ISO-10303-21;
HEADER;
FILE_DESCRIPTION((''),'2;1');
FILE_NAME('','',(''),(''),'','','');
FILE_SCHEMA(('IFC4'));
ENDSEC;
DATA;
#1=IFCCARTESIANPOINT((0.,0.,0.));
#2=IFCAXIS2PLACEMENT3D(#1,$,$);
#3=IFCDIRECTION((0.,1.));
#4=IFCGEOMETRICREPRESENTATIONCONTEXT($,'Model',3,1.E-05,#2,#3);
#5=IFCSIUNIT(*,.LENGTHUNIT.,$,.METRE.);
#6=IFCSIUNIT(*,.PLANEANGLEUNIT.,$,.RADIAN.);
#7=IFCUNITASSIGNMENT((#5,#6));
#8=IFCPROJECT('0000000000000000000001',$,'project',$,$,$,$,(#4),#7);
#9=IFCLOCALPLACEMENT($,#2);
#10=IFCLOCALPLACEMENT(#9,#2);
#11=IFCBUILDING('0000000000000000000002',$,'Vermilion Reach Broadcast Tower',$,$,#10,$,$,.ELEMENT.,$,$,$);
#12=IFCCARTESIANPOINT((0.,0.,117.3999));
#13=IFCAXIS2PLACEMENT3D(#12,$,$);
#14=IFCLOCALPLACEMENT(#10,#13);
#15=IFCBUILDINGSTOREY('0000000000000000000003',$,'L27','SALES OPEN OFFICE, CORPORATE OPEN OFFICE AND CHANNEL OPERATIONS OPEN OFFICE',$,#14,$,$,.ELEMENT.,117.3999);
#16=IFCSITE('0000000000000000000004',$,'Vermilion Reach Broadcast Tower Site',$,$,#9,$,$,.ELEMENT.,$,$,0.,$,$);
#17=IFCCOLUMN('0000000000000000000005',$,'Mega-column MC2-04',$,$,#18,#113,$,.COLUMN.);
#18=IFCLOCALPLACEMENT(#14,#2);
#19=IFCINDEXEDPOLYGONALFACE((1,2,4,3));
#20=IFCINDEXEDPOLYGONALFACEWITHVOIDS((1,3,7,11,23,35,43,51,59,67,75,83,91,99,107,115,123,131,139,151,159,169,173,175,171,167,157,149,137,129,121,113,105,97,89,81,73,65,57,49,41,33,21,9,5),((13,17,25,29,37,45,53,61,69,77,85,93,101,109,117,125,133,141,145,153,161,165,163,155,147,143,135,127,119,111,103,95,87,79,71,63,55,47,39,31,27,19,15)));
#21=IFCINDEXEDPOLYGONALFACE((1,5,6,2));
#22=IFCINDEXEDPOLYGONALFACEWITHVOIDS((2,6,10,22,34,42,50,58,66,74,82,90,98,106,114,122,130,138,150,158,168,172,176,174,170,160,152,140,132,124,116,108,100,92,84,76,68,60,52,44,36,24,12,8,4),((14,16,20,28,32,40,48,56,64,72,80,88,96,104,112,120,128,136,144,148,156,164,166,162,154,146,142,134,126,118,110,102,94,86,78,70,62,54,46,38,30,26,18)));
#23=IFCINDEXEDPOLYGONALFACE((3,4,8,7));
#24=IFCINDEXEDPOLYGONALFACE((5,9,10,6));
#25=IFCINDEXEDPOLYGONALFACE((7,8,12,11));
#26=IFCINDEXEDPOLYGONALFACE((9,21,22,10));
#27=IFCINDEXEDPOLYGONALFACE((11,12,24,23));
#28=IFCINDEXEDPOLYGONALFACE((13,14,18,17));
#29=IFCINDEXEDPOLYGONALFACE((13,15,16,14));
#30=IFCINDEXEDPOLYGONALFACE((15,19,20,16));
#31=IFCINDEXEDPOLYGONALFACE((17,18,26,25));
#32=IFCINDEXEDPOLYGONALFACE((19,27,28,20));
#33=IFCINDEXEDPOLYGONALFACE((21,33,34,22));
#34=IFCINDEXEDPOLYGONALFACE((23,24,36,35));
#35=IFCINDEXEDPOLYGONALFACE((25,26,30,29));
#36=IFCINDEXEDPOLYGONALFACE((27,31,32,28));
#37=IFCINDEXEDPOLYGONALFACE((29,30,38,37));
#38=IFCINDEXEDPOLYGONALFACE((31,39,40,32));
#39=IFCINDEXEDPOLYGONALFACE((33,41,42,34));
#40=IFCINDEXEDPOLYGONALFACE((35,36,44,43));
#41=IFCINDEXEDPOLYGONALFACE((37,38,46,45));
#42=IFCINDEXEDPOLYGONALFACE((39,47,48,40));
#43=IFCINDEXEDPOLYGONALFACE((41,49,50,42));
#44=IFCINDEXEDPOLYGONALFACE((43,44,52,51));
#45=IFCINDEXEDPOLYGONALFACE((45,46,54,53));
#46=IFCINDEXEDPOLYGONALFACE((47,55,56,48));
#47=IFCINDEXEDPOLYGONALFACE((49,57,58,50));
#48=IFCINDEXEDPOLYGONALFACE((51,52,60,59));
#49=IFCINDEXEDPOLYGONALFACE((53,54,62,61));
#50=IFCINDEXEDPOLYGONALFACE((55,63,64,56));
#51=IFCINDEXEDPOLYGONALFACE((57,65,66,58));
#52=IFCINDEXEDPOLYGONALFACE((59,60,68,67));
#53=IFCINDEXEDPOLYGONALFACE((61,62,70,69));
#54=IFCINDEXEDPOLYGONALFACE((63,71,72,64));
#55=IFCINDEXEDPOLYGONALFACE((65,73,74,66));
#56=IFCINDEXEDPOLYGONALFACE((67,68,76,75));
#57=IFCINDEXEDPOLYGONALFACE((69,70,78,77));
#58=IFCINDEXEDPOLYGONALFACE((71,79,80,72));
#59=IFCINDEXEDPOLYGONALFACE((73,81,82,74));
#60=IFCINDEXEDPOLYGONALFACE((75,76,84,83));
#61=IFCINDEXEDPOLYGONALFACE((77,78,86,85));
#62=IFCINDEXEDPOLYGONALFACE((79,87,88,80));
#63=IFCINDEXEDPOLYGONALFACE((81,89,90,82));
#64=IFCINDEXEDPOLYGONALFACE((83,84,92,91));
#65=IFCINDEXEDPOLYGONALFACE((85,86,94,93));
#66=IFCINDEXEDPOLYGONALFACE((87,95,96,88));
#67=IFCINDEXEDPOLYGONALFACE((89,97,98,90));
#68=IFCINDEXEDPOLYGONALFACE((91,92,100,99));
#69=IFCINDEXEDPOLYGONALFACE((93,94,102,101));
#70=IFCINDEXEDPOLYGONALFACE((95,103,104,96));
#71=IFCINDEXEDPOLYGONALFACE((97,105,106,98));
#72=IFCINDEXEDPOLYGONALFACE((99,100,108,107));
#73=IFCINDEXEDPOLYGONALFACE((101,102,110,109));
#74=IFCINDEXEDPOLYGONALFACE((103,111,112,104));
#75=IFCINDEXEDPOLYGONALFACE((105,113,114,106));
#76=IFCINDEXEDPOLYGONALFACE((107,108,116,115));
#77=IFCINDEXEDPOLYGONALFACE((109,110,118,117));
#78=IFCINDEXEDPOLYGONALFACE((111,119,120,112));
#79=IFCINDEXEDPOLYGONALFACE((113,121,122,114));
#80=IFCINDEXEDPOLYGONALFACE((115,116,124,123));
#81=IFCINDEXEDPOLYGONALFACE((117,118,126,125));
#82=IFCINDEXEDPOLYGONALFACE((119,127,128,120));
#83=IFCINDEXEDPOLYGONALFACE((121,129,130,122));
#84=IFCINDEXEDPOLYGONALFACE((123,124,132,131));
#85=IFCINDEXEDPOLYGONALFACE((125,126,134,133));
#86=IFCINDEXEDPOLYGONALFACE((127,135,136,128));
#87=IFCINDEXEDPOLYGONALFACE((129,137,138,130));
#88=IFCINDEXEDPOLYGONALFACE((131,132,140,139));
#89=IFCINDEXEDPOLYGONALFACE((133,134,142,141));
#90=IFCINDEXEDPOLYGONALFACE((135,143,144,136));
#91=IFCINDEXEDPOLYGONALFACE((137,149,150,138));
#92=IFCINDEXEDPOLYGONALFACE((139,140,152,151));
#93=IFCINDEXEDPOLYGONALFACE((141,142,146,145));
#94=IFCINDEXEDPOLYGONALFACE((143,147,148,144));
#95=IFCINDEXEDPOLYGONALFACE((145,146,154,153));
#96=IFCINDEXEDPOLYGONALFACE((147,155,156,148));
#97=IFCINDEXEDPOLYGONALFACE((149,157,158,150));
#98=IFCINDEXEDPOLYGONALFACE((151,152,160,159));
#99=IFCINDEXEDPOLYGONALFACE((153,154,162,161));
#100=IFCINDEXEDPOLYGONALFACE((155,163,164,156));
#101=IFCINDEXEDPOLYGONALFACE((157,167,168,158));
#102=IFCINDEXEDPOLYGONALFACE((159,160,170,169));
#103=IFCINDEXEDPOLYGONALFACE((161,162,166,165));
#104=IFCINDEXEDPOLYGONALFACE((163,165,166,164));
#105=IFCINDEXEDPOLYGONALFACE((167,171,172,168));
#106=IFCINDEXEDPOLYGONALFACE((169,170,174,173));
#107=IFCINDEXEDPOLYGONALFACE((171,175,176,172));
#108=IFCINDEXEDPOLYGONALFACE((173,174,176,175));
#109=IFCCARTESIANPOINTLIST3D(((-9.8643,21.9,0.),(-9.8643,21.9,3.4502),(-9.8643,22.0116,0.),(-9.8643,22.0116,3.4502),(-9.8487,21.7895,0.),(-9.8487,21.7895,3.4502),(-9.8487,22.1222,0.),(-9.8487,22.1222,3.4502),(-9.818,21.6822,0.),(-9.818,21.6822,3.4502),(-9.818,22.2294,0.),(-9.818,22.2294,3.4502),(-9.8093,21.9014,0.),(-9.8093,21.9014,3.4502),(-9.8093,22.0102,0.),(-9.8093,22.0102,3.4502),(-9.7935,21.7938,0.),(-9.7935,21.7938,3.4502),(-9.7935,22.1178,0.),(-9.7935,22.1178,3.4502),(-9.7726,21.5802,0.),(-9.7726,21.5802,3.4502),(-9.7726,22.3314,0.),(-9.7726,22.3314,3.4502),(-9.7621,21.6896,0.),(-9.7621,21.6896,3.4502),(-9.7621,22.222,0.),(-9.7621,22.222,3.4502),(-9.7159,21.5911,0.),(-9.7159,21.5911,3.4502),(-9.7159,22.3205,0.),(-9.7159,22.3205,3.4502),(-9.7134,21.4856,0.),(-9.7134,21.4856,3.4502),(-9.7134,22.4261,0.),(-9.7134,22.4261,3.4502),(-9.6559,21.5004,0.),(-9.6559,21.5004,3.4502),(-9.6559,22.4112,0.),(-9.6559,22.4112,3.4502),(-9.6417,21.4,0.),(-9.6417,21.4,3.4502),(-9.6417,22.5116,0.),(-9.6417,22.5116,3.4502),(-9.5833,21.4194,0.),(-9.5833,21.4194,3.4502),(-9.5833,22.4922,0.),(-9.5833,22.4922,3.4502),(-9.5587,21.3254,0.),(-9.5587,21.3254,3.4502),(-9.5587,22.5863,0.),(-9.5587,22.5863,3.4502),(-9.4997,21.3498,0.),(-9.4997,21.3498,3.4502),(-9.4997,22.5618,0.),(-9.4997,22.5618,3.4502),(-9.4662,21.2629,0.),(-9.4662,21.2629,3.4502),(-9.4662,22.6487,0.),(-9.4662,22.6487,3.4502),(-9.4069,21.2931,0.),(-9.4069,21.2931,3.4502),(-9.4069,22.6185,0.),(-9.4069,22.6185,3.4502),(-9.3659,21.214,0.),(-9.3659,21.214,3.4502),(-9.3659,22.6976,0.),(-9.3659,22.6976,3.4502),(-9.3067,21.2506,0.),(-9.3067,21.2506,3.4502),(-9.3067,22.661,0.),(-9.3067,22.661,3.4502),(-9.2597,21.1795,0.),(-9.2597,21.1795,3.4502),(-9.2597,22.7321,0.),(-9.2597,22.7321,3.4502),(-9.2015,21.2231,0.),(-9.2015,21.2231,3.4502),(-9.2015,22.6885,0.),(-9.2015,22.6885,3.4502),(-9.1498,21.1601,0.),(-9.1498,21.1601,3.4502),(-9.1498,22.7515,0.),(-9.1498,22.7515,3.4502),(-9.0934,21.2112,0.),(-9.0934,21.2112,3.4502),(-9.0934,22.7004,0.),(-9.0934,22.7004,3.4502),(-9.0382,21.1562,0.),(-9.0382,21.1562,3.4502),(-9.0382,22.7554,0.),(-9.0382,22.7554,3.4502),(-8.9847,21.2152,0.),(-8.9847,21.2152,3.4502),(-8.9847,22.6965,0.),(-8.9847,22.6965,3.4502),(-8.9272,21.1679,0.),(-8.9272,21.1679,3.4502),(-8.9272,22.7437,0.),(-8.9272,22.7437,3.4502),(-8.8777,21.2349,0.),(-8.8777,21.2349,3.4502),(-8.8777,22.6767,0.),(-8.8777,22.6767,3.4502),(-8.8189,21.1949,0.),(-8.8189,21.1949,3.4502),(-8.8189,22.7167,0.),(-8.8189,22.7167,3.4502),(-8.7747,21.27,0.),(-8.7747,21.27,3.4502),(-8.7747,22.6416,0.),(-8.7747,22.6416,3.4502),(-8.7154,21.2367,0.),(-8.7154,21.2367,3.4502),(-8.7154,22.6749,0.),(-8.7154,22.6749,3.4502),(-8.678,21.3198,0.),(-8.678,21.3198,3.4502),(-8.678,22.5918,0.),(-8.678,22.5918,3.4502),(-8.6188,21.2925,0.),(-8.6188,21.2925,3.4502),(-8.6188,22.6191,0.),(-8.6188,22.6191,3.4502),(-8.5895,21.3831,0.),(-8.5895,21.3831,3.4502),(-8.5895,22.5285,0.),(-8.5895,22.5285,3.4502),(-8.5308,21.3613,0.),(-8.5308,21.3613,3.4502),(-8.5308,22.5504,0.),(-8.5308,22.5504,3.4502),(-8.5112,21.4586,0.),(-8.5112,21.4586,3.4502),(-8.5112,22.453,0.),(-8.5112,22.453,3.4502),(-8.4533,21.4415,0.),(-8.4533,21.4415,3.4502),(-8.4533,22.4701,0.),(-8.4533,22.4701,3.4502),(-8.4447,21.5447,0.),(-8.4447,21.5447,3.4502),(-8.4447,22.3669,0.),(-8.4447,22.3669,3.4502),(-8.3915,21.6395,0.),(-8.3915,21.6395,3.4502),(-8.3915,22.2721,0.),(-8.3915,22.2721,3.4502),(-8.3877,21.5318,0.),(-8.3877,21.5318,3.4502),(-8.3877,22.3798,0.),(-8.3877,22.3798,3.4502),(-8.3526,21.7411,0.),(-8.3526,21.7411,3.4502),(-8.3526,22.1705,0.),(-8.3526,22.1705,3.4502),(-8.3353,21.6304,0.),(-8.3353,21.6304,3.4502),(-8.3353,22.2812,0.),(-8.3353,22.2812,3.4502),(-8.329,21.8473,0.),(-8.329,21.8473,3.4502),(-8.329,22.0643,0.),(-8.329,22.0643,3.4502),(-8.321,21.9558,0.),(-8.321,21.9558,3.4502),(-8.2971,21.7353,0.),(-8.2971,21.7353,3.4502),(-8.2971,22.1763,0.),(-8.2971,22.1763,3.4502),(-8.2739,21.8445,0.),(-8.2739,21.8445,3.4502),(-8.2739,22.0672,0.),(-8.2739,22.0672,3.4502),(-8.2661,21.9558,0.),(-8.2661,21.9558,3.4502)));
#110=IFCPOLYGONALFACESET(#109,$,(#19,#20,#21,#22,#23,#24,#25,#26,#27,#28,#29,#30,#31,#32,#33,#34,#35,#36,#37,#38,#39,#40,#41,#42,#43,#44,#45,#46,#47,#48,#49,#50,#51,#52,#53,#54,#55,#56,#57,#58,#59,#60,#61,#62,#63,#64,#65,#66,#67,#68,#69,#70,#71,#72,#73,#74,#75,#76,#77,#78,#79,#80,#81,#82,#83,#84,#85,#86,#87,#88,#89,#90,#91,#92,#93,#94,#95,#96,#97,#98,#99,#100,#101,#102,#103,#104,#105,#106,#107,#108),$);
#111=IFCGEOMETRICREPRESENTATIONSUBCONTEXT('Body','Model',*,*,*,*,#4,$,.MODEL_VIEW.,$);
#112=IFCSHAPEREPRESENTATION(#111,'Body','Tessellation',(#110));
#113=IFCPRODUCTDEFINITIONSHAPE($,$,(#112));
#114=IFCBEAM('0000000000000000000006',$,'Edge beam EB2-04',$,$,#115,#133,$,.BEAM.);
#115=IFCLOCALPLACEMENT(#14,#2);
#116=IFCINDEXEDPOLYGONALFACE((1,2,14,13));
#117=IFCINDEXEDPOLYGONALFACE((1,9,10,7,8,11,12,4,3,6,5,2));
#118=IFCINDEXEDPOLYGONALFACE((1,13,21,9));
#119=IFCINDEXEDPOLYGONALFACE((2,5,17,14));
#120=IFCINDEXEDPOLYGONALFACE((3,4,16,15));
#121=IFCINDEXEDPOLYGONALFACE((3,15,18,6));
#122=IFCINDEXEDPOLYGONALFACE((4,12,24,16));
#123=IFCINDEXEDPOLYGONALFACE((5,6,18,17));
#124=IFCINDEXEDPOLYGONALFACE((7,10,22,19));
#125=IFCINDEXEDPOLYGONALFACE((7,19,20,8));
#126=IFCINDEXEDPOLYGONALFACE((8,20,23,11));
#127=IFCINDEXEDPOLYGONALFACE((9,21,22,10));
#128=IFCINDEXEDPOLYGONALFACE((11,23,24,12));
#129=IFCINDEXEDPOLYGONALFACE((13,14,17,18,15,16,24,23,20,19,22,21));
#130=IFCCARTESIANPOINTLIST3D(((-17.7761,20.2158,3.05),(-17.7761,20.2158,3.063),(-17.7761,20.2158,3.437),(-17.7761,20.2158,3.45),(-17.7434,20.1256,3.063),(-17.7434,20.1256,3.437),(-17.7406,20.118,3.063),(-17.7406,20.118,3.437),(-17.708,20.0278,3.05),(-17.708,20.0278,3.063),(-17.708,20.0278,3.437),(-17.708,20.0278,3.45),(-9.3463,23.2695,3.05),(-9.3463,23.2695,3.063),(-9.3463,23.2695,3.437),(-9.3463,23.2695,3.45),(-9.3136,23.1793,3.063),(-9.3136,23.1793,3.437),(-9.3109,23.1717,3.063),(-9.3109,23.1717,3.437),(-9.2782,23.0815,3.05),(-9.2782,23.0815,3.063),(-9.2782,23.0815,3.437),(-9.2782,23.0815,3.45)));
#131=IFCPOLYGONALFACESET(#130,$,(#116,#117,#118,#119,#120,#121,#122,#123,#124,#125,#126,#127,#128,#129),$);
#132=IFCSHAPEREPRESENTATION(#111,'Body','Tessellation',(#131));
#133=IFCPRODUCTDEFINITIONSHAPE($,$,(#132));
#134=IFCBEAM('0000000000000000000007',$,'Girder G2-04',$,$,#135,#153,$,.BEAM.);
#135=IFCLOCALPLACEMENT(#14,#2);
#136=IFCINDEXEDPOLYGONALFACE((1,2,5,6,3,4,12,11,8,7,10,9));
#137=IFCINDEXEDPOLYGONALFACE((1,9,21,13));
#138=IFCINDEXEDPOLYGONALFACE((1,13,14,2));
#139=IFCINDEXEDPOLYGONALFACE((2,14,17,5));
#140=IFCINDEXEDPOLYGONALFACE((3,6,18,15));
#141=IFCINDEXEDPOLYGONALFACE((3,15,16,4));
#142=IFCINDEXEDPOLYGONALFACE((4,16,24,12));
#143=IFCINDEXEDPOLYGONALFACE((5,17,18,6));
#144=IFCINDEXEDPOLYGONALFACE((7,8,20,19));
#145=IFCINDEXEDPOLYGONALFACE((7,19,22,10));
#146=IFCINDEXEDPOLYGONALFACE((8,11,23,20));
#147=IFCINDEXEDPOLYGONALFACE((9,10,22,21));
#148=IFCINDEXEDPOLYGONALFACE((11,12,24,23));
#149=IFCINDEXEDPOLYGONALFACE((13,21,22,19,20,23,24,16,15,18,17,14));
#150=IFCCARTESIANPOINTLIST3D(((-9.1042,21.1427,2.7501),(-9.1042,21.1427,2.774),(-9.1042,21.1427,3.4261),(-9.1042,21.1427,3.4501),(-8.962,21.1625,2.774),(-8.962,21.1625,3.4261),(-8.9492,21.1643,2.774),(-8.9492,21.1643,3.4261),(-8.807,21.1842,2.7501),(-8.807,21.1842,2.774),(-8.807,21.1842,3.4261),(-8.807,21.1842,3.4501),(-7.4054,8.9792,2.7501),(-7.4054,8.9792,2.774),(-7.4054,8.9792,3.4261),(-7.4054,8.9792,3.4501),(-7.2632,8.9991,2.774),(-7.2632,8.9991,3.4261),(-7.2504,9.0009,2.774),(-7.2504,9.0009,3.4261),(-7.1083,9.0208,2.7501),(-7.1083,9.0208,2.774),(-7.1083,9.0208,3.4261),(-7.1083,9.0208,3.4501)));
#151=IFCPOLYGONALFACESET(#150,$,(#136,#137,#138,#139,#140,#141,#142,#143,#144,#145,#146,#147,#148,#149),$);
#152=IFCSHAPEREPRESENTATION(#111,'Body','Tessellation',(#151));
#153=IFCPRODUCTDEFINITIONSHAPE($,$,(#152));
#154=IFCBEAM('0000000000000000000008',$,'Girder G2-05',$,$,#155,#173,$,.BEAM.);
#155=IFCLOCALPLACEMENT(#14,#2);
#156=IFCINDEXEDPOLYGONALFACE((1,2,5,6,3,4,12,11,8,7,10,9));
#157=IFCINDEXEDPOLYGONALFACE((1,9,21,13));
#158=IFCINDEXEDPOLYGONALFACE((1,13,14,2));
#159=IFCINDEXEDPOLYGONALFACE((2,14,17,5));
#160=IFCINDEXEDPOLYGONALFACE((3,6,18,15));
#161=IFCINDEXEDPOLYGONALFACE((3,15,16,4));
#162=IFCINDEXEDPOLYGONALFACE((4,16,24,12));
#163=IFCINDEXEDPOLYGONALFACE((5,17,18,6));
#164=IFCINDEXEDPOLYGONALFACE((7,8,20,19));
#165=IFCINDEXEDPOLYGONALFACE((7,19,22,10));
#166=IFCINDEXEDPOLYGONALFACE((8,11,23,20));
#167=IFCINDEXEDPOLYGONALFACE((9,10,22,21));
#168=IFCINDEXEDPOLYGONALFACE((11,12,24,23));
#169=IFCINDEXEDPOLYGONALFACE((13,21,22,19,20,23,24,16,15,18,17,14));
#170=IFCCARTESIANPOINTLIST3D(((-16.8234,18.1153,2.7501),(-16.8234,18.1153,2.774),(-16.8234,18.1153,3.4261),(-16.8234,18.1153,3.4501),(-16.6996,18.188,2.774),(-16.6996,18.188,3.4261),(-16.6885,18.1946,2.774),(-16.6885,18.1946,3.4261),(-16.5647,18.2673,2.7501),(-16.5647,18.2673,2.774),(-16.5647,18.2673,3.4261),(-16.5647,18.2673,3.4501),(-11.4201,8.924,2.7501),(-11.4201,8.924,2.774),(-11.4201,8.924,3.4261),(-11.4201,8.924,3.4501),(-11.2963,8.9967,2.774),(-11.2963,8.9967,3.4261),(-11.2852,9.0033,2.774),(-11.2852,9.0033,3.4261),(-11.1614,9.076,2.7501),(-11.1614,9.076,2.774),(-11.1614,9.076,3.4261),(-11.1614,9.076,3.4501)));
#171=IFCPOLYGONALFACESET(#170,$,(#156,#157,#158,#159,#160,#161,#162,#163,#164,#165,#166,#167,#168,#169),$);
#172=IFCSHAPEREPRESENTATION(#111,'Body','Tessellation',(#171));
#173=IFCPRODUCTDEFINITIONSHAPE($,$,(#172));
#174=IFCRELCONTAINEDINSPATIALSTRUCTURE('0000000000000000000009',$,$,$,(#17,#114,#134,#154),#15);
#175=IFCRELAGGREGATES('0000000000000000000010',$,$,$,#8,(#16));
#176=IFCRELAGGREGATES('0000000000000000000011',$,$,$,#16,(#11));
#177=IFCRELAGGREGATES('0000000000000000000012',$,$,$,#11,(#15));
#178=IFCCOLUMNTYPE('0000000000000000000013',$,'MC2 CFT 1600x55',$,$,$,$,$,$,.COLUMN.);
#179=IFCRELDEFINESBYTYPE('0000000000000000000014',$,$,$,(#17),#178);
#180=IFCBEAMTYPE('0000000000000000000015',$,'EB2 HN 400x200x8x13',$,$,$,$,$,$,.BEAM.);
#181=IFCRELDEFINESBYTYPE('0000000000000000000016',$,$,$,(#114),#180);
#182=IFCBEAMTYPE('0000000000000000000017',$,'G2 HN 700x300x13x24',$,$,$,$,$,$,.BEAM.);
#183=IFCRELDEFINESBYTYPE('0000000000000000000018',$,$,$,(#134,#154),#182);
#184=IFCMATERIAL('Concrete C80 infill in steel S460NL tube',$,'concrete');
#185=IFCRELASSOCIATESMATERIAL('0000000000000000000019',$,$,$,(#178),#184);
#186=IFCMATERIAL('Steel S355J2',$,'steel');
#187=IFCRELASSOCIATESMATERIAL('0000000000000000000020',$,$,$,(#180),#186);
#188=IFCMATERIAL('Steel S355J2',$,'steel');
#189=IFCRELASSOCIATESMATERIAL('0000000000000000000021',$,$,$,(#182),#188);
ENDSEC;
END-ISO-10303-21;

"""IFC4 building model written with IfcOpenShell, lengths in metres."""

from ifc_helpers import new_model, si_unit, direction, frame, origin, origin_2d, place, context, subcontext, project, spatial, hollow_circle, i_section, extrude, material, material_profile, profile_set, type_object, element, save


model = new_model("IFC4")

# Units and contexts
model_context = context("Model", 3, precision=1e-05, world=origin(), true_north=direction((0.0, 1.0)))
body_context = subcontext(model_context, "Body", "Model", "MODEL_VIEW")
ifc_project = project(units=[si_unit("LENGTHUNIT", "METRE"), si_unit("PLANEANGLEUNIT", "RADIAN")], contexts=[model_context])

# Site, building, storey
site_placement = place(None, origin())
site = spatial("IfcSite", under=ifc_project, at=site_placement, Name="Vermilion Reach Broadcast Tower Site", CompositionType="ELEMENT", RefElevation=0.0)
building_placement = place(site_placement, origin())
building = spatial("IfcBuilding", under=site, at=building_placement, Name="Vermilion Reach Broadcast Tower", CompositionType="ELEMENT")
storey_placement = place(building_placement, frame((0.0, 0.0, 117.3999)))
storey = spatial("IfcBuildingStorey", under=building, at=storey_placement, Name="L27", Description="SALES OPEN OFFICE, CORPORATE OPEN OFFICE AND CHANNEL OPERATIONS OPEN OFFICE", CompositionType="ELEMENT", Elevation=117.3999)

# Column
ifc_material_1 = material(Name="Concrete C80 infill in steel S460NL tube", Category="concrete")
ifc_material_profile_1 = material_profile(ifc_material_1, hollow_circle(Radius=0.8, WallThickness=0.0549, at=origin_2d()), Name="Concrete C80 infill in steel S460NL tube CFT 1600x55")
ifc_profile_set_1 = profile_set([ifc_material_profile_1], Name="Concrete C80 infill in steel S460NL tube")
column_type = type_object("IfcColumnType", Name="MC2 CFT 1600x55", PredefinedType="COLUMN", material=ifc_profile_set_1)
column_placement = place(storey_placement, frame((-9.0662, 21.9558, 0.0), z_axis=(0.0, 0.0, 1.0), x_axis=(1.0, 0.0, 0.0)))
element("IfcColumn", 1, at=column_placement, inside=storey, type_object=column_type, Name="Mega-column MC2-04", PredefinedType="COLUMN", context=body_context, shape_type="SweptSolid", body=[
    extrude(hollow_circle(Radius=0.8, WallThickness=0.0549, at=origin_2d()), origin(), (0.0, 0.0, 1.0), 3.4502),
])

# Beams
ifc_material_2 = material(Name="Steel S355J2", Category="steel")
ifc_material_profile_2 = material_profile(ifc_material_2, i_section(OverallWidth=0.2, OverallDepth=0.3999, WebThickness=0.0081, FlangeThickness=0.0129, at=origin_2d()), Name="S355J2 HN 400x200x8x13")
ifc_profile_set_2 = profile_set([ifc_material_profile_2], Name="Steel S355J2")
beam_type_1 = type_object("IfcBeamType", Name="EB2 HN 400x200x8x13", PredefinedType="BEAM", material=ifc_profile_set_2)
beam_1_placement = place(storey_placement, frame((-9.3123, 23.1755, 3.25), z_axis=(-0.940209, -0.340597, 0.0), x_axis=(0.340597, -0.940209, 0.0)))
element("IfcBeam", 2, at=beam_1_placement, inside=storey, type_object=beam_type_1, Name="Edge beam EB2-04", PredefinedType="BEAM", context=body_context, shape_type="SweptSolid", body=[
    extrude(i_section(OverallWidth=0.2, OverallDepth=0.3999, WebThickness=0.0081, FlangeThickness=0.0129, at=origin_2d()), origin(), (0.0, 0.0, 1.0), 8.9658),
])
ifc_material_3 = material(Name="Steel S355J2", Category="steel")
ifc_material_profile_3 = material_profile(ifc_material_3, i_section(OverallWidth=0.3, OverallDepth=0.7, WebThickness=0.0129, FlangeThickness=0.0239, at=origin_2d()), Name="S355J2 HN 700x300x13x24")
ifc_profile_set_3 = profile_set([ifc_material_profile_3], Name="Steel S355J2")
beam_type_2 = type_object("IfcBeamType", Name="G2 HN 700x300x13x24", PredefinedType="BEAM", material=ifc_profile_set_3)
beam_2_placement = place(storey_placement, frame((-7.2568, 9.0, 3.1001), z_axis=(-0.138318, 0.990388, 0.0), x_axis=(-0.990388, -0.138318, 0.0)))
element("IfcBeam", 3, at=beam_2_placement, inside=storey, type_object=beam_type_2, Name="Girder G2-04", PredefinedType="BEAM", context=body_context, shape_type="SweptSolid", body=[
    extrude(i_section(OverallWidth=0.3, OverallDepth=0.7, WebThickness=0.0129, FlangeThickness=0.0239, at=origin_2d()), origin(), (0.0, 0.0, 1.0), 12.2815),
])
beam_3_placement = place(storey_placement, frame((-11.2908, 9.0, 3.1001), z_axis=(-0.506784, 0.862073, 0.0), x_axis=(-0.862073, -0.506784, 0.0)))
element("IfcBeam", 4, at=beam_3_placement, inside=storey, type_object=beam_type_2, Name="Girder G2-05", PredefinedType="BEAM", context=body_context, shape_type="SweptSolid", body=[
    extrude(i_section(OverallWidth=0.3, OverallDepth=0.7, WebThickness=0.0129, FlangeThickness=0.0239, at=origin_2d()), origin(), (0.0, 0.0, 1.0), 10.6619),
])

save(model, "model.ifc")
